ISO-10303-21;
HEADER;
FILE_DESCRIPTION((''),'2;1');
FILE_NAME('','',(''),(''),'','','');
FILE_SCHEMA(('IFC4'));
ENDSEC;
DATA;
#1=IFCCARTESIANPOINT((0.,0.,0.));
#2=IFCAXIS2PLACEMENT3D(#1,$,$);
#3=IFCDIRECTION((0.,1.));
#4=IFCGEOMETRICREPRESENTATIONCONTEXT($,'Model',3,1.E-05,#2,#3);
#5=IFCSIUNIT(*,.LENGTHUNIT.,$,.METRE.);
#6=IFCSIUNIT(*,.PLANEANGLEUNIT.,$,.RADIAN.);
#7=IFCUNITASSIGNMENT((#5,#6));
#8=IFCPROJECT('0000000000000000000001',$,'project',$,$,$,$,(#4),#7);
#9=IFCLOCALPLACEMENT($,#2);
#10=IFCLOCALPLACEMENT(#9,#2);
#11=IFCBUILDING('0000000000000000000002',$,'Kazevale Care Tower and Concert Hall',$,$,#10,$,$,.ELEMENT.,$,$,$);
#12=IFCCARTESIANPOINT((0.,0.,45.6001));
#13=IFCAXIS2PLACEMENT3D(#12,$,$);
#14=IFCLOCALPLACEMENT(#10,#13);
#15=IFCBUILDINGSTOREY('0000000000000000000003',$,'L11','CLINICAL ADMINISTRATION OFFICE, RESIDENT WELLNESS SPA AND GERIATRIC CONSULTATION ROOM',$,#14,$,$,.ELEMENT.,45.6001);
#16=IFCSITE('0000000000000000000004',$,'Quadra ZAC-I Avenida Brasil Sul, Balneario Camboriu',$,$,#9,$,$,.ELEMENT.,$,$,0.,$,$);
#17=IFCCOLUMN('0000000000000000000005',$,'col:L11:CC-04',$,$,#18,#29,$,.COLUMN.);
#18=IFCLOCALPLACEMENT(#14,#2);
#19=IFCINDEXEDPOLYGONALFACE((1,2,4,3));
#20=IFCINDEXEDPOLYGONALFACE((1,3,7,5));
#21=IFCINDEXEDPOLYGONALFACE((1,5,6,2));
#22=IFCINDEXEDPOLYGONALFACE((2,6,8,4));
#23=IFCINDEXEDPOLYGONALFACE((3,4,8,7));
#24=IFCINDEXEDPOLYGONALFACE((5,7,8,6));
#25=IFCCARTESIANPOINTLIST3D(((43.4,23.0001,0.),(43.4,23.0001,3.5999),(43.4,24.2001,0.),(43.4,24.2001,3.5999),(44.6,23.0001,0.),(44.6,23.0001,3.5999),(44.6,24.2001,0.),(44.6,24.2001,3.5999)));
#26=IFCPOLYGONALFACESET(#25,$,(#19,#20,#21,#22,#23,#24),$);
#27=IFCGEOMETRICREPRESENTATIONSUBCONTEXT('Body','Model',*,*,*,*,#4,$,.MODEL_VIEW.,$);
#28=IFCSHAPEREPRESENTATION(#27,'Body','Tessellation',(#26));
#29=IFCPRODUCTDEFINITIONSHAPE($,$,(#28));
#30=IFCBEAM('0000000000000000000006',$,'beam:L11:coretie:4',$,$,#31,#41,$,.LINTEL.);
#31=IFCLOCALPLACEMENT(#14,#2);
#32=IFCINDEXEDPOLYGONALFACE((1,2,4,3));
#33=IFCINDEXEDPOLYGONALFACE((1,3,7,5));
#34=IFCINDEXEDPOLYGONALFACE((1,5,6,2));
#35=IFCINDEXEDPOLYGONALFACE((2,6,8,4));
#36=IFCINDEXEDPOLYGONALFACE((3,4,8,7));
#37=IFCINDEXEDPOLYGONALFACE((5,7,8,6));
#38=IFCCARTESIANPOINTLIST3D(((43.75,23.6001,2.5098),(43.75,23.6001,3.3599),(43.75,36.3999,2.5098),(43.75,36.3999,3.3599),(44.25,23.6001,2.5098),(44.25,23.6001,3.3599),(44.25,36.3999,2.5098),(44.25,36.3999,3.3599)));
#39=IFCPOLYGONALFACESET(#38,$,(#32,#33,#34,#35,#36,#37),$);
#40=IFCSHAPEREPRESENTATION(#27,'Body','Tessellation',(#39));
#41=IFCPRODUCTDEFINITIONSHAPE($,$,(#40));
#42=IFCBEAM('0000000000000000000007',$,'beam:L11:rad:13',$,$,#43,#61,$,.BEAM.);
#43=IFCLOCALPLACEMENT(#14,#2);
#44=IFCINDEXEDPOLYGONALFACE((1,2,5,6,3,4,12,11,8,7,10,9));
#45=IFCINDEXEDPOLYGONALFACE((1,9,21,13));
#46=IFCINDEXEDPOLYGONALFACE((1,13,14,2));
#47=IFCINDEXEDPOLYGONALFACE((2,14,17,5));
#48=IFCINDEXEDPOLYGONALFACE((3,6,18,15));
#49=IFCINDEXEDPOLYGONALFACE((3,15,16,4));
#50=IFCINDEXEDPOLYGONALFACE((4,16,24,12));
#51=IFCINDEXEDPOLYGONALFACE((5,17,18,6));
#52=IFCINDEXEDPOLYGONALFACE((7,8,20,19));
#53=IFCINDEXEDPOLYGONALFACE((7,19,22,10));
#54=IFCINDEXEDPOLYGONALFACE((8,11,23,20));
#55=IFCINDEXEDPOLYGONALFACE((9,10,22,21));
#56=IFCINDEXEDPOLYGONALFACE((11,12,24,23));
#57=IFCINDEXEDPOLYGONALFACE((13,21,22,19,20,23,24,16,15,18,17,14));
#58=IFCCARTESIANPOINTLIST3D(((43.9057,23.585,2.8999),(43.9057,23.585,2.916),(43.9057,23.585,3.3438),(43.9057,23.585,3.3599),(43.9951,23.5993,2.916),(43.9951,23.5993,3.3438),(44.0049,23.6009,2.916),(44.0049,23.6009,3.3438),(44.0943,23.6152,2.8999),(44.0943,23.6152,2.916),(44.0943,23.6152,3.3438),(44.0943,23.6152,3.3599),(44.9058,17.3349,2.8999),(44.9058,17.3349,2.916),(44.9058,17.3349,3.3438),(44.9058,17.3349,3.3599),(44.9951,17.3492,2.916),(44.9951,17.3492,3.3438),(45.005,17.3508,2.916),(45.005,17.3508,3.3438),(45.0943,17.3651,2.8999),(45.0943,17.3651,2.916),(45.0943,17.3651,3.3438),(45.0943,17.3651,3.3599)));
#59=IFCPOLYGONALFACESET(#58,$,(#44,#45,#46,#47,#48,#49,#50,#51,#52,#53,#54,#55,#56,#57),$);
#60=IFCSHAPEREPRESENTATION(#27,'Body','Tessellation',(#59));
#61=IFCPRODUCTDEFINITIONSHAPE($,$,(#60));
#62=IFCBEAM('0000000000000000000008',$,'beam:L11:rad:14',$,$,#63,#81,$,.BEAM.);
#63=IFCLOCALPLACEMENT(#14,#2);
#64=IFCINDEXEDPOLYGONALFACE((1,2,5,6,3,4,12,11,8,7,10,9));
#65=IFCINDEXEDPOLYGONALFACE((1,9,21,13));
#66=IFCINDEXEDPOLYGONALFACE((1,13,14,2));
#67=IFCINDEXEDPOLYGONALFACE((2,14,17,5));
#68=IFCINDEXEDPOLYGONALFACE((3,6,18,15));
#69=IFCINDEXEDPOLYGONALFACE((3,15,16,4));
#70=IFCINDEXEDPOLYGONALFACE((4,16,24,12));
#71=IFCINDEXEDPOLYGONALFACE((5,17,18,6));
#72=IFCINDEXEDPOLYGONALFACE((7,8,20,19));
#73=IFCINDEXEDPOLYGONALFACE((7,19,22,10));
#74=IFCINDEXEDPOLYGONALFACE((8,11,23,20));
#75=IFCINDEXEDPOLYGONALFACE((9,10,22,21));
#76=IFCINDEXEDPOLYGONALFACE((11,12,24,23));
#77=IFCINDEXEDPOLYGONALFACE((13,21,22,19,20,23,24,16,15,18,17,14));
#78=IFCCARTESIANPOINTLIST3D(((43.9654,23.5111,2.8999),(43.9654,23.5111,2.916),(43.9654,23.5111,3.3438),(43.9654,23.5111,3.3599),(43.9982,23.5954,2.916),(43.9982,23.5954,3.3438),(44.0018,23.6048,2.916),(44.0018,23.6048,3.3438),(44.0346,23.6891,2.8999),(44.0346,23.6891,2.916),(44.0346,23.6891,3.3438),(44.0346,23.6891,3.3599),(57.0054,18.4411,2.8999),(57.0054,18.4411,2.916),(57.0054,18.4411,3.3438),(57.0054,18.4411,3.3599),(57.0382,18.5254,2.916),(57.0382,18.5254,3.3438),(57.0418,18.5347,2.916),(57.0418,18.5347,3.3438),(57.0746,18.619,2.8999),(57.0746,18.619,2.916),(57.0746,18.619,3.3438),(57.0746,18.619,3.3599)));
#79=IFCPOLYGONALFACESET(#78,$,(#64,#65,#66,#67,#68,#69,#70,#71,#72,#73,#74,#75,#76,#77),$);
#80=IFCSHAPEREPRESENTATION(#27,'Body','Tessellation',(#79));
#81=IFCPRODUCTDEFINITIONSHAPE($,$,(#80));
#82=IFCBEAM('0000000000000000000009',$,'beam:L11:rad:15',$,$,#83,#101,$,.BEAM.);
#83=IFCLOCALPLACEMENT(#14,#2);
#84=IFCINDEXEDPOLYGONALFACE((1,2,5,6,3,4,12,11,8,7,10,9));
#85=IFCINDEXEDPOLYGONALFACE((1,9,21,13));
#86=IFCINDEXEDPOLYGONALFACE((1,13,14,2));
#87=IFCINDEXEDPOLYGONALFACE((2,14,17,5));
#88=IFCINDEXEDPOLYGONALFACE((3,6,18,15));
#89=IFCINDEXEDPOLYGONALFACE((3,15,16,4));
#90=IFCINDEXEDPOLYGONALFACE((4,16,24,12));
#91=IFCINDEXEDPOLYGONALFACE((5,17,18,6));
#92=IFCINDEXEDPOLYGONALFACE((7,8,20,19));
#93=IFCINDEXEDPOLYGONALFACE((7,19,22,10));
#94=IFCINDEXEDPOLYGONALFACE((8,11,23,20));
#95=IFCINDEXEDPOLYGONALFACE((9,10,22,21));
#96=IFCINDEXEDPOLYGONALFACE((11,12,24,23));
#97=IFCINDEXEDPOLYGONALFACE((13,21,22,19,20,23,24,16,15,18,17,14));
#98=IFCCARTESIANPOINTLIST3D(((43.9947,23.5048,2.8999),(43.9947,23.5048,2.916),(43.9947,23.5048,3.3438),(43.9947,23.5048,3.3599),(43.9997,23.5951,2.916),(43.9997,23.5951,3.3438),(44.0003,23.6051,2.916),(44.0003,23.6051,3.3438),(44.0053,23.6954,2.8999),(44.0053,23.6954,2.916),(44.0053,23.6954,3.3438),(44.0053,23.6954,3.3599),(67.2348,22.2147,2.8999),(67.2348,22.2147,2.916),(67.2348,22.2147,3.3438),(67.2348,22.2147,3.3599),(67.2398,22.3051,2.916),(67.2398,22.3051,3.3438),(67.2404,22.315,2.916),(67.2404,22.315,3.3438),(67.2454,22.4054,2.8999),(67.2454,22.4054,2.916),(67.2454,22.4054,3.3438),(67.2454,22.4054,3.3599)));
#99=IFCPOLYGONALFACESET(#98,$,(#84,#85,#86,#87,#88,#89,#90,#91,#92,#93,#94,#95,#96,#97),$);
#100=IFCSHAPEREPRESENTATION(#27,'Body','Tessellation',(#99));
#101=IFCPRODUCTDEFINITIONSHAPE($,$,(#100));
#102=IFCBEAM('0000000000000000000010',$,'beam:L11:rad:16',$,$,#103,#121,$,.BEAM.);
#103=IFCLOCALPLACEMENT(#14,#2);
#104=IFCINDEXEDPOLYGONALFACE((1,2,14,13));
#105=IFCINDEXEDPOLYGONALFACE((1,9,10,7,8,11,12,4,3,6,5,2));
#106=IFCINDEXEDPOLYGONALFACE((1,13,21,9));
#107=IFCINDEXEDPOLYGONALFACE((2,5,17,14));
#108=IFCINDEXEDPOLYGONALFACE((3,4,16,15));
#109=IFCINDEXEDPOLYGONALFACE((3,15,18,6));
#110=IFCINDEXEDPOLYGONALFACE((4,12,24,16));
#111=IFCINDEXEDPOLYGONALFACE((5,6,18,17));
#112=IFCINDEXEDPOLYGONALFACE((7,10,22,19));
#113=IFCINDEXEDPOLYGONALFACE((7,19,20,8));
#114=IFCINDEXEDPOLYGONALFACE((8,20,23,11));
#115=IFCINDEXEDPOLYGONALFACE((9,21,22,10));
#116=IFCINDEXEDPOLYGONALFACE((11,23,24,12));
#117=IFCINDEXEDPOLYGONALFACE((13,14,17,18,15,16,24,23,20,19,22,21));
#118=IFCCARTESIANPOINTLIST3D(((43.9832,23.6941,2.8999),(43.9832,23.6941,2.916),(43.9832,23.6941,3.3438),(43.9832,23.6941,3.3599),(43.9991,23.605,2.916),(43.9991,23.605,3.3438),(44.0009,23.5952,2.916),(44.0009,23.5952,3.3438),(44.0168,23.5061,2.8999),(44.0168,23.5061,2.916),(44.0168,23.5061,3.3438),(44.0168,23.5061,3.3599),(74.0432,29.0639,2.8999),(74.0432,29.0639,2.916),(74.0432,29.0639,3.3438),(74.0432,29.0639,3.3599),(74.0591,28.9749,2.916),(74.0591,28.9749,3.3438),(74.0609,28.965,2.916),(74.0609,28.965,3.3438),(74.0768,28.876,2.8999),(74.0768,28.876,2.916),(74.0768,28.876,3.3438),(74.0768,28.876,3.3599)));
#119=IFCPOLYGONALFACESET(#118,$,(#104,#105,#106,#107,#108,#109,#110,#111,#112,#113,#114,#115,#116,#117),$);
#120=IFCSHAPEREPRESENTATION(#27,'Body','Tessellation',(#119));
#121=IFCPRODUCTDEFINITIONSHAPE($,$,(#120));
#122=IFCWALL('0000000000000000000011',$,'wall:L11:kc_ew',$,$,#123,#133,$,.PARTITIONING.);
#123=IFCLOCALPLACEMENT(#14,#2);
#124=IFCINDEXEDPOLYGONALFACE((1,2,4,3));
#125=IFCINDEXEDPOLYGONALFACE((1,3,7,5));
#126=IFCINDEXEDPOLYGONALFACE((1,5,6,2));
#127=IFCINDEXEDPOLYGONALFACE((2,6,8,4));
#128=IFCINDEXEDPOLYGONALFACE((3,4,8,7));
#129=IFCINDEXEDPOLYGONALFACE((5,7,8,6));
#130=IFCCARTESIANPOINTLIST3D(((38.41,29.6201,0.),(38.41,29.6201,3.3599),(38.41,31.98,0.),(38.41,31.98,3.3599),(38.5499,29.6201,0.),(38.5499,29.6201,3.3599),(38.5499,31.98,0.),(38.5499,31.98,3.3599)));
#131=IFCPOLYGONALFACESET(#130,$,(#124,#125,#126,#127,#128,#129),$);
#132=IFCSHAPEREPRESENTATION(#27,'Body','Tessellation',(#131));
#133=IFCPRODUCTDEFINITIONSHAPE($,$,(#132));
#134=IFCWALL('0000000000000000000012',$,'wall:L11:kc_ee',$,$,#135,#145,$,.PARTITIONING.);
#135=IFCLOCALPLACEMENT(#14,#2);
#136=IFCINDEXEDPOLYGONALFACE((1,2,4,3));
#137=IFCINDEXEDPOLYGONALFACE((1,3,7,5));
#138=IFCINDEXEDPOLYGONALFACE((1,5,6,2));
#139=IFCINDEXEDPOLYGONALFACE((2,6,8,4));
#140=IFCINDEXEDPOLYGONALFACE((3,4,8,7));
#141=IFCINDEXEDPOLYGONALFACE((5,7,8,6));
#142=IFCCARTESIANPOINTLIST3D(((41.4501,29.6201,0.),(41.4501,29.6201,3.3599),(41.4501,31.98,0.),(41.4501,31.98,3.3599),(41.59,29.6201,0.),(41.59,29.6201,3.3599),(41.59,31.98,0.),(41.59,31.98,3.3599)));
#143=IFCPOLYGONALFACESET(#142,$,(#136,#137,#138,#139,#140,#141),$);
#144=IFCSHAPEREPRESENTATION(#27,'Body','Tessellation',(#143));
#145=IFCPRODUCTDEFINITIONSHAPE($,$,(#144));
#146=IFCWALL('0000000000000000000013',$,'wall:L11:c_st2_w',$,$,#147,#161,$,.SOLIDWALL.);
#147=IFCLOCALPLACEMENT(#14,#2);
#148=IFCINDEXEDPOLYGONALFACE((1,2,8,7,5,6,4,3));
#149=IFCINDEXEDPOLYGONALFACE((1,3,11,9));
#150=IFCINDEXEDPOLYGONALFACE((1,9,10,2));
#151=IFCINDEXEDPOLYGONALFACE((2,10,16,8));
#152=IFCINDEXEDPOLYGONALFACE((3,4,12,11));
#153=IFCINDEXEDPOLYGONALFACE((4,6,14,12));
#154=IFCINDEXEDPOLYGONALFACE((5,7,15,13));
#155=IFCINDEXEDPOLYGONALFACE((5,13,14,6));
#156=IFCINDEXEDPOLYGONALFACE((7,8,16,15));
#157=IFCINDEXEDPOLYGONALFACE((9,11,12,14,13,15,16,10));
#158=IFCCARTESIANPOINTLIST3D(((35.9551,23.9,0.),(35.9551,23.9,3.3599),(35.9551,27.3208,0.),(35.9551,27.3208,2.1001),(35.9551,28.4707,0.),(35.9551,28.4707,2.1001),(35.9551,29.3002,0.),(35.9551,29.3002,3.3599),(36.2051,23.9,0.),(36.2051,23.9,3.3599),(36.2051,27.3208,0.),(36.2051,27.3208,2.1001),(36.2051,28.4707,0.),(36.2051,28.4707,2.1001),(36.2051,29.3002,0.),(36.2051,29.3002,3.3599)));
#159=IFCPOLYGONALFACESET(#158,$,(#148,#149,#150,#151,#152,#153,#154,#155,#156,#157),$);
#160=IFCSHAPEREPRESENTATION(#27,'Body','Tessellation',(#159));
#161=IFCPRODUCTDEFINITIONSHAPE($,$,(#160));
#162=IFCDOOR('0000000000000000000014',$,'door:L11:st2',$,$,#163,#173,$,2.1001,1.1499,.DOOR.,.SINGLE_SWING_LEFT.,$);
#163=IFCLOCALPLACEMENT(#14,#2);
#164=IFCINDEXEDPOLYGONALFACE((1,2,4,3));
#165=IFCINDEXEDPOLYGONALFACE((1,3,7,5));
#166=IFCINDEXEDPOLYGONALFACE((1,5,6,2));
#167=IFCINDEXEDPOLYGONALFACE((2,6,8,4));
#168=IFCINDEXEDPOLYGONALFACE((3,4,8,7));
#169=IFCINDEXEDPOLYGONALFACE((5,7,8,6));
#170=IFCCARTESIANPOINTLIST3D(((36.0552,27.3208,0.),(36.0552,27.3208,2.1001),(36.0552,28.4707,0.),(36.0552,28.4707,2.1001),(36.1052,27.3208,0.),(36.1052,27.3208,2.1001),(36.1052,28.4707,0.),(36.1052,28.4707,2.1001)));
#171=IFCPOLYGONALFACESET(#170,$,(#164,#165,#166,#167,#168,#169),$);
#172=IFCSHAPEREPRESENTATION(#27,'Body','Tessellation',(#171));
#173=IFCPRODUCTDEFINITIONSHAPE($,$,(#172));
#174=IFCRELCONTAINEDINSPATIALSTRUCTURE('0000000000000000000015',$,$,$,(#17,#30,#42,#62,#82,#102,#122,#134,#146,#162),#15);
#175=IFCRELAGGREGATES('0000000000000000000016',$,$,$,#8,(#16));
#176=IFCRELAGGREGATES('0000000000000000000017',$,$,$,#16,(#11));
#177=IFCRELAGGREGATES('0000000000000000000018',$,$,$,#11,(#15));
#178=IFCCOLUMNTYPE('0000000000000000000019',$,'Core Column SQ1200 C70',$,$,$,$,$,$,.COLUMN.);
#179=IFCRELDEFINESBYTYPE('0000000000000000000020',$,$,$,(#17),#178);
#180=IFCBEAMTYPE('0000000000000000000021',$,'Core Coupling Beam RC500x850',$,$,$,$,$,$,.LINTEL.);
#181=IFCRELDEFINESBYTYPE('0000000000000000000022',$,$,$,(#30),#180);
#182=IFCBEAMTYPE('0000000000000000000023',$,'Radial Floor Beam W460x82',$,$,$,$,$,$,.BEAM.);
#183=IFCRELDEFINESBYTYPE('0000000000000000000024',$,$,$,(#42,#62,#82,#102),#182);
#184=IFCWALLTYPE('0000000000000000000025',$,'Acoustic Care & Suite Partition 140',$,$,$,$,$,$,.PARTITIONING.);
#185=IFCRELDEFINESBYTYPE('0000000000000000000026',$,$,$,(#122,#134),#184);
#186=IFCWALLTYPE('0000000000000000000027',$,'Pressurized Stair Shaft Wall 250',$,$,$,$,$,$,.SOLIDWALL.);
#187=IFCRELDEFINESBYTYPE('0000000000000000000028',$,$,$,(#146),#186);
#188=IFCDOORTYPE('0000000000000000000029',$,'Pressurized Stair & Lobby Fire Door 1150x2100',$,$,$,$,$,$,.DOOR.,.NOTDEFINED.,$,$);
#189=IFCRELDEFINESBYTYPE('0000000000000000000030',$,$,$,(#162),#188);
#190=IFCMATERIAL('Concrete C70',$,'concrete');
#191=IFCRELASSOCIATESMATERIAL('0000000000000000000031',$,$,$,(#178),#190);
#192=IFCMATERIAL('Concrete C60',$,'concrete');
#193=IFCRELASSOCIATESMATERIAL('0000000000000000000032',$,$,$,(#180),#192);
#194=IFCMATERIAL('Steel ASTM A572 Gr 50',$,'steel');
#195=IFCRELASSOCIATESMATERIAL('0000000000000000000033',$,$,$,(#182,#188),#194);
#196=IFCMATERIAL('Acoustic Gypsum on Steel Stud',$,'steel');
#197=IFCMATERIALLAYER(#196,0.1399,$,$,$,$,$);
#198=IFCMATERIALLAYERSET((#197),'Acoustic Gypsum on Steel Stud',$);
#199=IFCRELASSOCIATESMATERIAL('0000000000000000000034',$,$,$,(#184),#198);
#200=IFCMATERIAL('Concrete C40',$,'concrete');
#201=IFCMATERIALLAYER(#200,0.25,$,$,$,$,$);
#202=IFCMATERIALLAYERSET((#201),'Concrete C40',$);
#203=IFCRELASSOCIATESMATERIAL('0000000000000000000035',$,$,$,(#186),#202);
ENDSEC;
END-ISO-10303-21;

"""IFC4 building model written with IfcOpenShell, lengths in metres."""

from ifc_helpers import new_model, si_unit, direction, frame, frame_2d, origin, origin_2d, place, context, subcontext, project, spatial, rectangle, i_section, extrude, material, layer, layer_set, material_profile, profile_set, type_object, element, fill, save


model = new_model("IFC4")

# Units and contexts
model_context = context("Model", 3, precision=1e-05, world=origin(), true_north=direction((0.0, 1.0)))
body_context = subcontext(model_context, "Body", "Model", "MODEL_VIEW")
ifc_project = project(units=[si_unit("LENGTHUNIT", "METRE"), si_unit("PLANEANGLEUNIT", "RADIAN")], contexts=[model_context])

# Site, building, storey
site_placement = place(None, origin())
site = spatial("IfcSite", under=ifc_project, at=site_placement, Name="Quadra ZAC-I Avenida Brasil Sul, Balneario Camboriu", CompositionType="ELEMENT", RefElevation=0.0)
building_placement = place(site_placement, origin())
building = spatial("IfcBuilding", under=site, at=building_placement, Name="Kazevale Care Tower and Concert Hall", CompositionType="ELEMENT")
storey_placement = place(building_placement, frame((0.0, 0.0, 45.6001)))
storey = spatial("IfcBuildingStorey", under=building, at=storey_placement, Name="L11", Description="CLINICAL ADMINISTRATION OFFICE, RESIDENT WELLNESS SPA AND GERIATRIC CONSULTATION ROOM", CompositionType="ELEMENT", Elevation=45.6001)

# Column
ifc_material_1 = material(Name="Concrete C70", Category="concrete")
ifc_material_profile_1 = material_profile(ifc_material_1, rectangle(XDim=1.2, YDim=1.2, at=origin_2d()), Name="RC-SQ1200")
ifc_profile_set_1 = profile_set([ifc_material_profile_1], Name="Concrete C70")
column_type = type_object("IfcColumnType", Name="Core Column SQ1200 C70", PredefinedType="COLUMN", material=ifc_profile_set_1)
column_placement = place(storey_placement, frame((44.0, 23.6001, 0.0), z_axis=(0.0, 0.0, 1.0), x_axis=(1.0, 0.0, 0.0)))
element("IfcColumn", 1, at=column_placement, inside=storey, type_object=column_type, Name="col:L11:CC-04", PredefinedType="COLUMN", context=body_context, shape_type="SweptSolid", body=[
    extrude(rectangle(XDim=1.2, YDim=1.2, at=origin_2d()), origin(), (0.0, 0.0, 1.0), 3.5999),
])

# Beams
ifc_material_2 = material(Name="Concrete C60", Category="concrete")
ifc_material_profile_2 = material_profile(ifc_material_2, rectangle(XDim=0.5, YDim=0.8501, at=origin_2d()), Name="RC-B500x850")
ifc_profile_set_2 = profile_set([ifc_material_profile_2], Name="Concrete C60")
beam_type_1 = type_object("IfcBeamType", Name="Core Coupling Beam RC500x850", PredefinedType="LINTEL", material=ifc_profile_set_2)
beam_1_placement = place(storey_placement, frame((44.0, 23.6001, 2.9348), z_axis=(0.0, 1.0, 0.0), x_axis=(-1.0, 0.0, 0.0)))
element("IfcBeam", 2, at=beam_1_placement, inside=storey, type_object=beam_type_1, Name="beam:L11:coretie:4", PredefinedType="LINTEL", context=body_context, shape_type="SweptSolid", body=[
    extrude(rectangle(XDim=0.5, YDim=0.8501, at=origin_2d()), origin(), (0.0, 0.0, 1.0), 12.7998),
])
ifc_material_3 = material(Name="Steel ASTM A572 Gr 50", Category="steel")
ifc_material_profile_3 = material_profile(ifc_material_3, i_section(OverallWidth=0.1909, OverallDepth=0.46, WebThickness=0.01, FlangeThickness=0.0161, at=origin_2d()), Name="W460x82")
ifc_profile_set_3 = profile_set([ifc_material_profile_3], Name="Steel ASTM A572 Gr 50")
beam_type_2 = type_object("IfcBeamType", Name="Radial Floor Beam W460x82", PredefinedType="BEAM", material=ifc_profile_set_3)
beam_2_placement = place(storey_placement, frame((44.0, 23.6001, 3.1299), z_axis=(0.157991, -0.987441, 0.0), x_axis=(0.987441, 0.157991, 0.0)))
element("IfcBeam", 3, at=beam_2_placement, inside=storey, type_object=beam_type_2, Name="beam:L11:rad:13", PredefinedType="BEAM", context=body_context, shape_type="SweptSolid", body=[
    extrude(i_section(OverallWidth=0.1909, OverallDepth=0.46, WebThickness=0.01, FlangeThickness=0.0161, at=origin_2d()), origin(), (0.0, 0.0, 1.0), 6.3296),
])
beam_3_placement = place(storey_placement, frame((44.0, 23.6001, 3.1299), z_axis=(0.93203, -0.362381, 0.0), x_axis=(0.362381, 0.93203, 0.0)))
element("IfcBeam", 4, at=beam_3_placement, inside=storey, type_object=beam_type_2, Name="beam:L11:rad:14", PredefinedType="BEAM", context=body_context, shape_type="SweptSolid", body=[
    extrude(i_section(OverallWidth=0.1909, OverallDepth=0.46, WebThickness=0.01, FlangeThickness=0.0161, at=origin_2d()), origin(), (0.0, 0.0, 1.0), 13.991),
])
beam_4_placement = place(storey_placement, frame((44.0, 23.6001, 3.1299), z_axis=(0.998463, -0.055424, 0.0), x_axis=(0.055424, 0.998463, 0.0)))
element("IfcBeam", 5, at=beam_4_placement, inside=storey, type_object=beam_type_2, Name="beam:L11:rad:15", PredefinedType="BEAM", context=body_context, shape_type="SweptSolid", body=[
    extrude(i_section(OverallWidth=0.1909, OverallDepth=0.46, WebThickness=0.01, FlangeThickness=0.0161, at=origin_2d()), origin(), (0.0, 0.0, 1.0), 23.2759),
])
beam_5_placement = place(storey_placement, frame((44.0, 23.6001, 3.1299), z_axis=(0.984416, 0.175854, 0.0), x_axis=(-0.175854, 0.984416, 0.0)))
element("IfcBeam", 6, at=beam_5_placement, inside=storey, type_object=beam_type_2, Name="beam:L11:rad:16", PredefinedType="BEAM", context=body_context, shape_type="SweptSolid", body=[
    extrude(i_section(OverallWidth=0.1909, OverallDepth=0.46, WebThickness=0.01, FlangeThickness=0.0161, at=origin_2d()), origin(), (0.0, 0.0, 1.0), 30.5359),
])

# Walls
ifc_material_4 = material(Name="Acoustic Gypsum on Steel Stud", Category="steel")
ifc_layer_1 = layer(ifc_material_4, 0.1399)
ifc_layer_set_1 = layer_set([ifc_layer_1], Name="Acoustic Gypsum on Steel Stud")
wall_type_1 = type_object("IfcWallType", Name="Acoustic Care & Suite Partition 140", PredefinedType="PARTITIONING", material=ifc_layer_set_1)
for number, where, z_axis, x_axis, name in (
    (7, (38.48, 29.6201, 0.0), (0.0, 0.0, 1.0), (0.0, 1.0, 0.0), "wall:L11:kc_ew"),
    (8, (41.52, 29.6201, 0.0), (0.0, 0.0, 1.0), (0.0, 1.0, 0.0), "wall:L11:kc_ee"),
):
    element("IfcWall", number, at=place(storey_placement, frame(where, z_axis=z_axis, x_axis=x_axis)), inside=storey, type_object=wall_type_1, Name=name, PredefinedType="PARTITIONING", context=body_context, shape_type="SweptSolid", body=[
        extrude(rectangle(XDim=2.3599, YDim=0.1399, at=frame_2d((1.1799, 0.0))), origin(), (0.0, 0.0, 1.0), 3.3599),
    ])

# Wall, opening, door
ifc_material_5 = material(Name="Concrete C40", Category="concrete")
ifc_layer_2 = layer(ifc_material_5, 0.25)
ifc_layer_set_2 = layer_set([ifc_layer_2], Name="Concrete C40")
wall_type_2 = type_object("IfcWallType", Name="Pressurized Stair Shaft Wall 250", PredefinedType="SOLIDWALL", material=ifc_layer_set_2)
wall_1_placement = place(storey_placement, frame((36.0801, 23.8999, 0.0), z_axis=(0.0, 0.0, 1.0), x_axis=(0.0, 1.0, 0.0)))
wall_1 = element("IfcWall", 9, at=wall_1_placement, inside=storey, type_object=wall_type_2, Name="wall:L11:c_st2_w", PredefinedType="SOLIDWALL", context=body_context, shape_type="SweptSolid", body=[
    extrude(rectangle(XDim=5.4001, YDim=0.25, at=frame_2d((2.7002, 0.0))), origin(), (0.0, 0.0, 1.0), 3.3599),
])
opening_1_placement = place(wall_1_placement, frame((3.4209, 0.0, 0.0)))
opening_1 = element("IfcOpeningElement", 10, at=opening_1_placement, cuts=wall_1, PredefinedType="OPENING", context=body_context, shape_type="SweptSolid", body=[
    extrude(rectangle(XDim=1.1499, YDim=2.1001, at=frame_2d((0.575, 1.05))), frame((0.0, 0.135, 0.0), z_axis=(0.0, -1.0, 0.0), x_axis=(1.0, 0.0, 0.0)), (0.0, 0.0, 1.0), 0.27),
])
door_type_1 = type_object("IfcDoorType", Name="Pressurized Stair & Lobby Fire Door 1150x2100", OperationType="NOTDEFINED", PredefinedType="DOOR", material=ifc_material_3)
door_1_placement = place(opening_1_placement, origin())
door_1 = element("IfcDoor", 11, at=door_1_placement, inside=storey, type_object=door_type_1, Name="door:L11:st2", OperationType="SINGLE_SWING_LEFT", OverallHeight=2.1001, OverallWidth=1.1499, PredefinedType="DOOR", context=body_context, shape_type="SweptSolid", body=[
    extrude(rectangle(XDim=1.1499, YDim=2.1001, at=frame_2d((0.575, 1.05))), frame((0.0, 0.0249, 0.0), z_axis=(0.0, -1.0, 0.0), x_axis=(1.0, 0.0, 0.0)), (0.0, 0.0, 1.0), 0.05),
])
fill(opening_1, door_1)

save(model, "model.ifc")
